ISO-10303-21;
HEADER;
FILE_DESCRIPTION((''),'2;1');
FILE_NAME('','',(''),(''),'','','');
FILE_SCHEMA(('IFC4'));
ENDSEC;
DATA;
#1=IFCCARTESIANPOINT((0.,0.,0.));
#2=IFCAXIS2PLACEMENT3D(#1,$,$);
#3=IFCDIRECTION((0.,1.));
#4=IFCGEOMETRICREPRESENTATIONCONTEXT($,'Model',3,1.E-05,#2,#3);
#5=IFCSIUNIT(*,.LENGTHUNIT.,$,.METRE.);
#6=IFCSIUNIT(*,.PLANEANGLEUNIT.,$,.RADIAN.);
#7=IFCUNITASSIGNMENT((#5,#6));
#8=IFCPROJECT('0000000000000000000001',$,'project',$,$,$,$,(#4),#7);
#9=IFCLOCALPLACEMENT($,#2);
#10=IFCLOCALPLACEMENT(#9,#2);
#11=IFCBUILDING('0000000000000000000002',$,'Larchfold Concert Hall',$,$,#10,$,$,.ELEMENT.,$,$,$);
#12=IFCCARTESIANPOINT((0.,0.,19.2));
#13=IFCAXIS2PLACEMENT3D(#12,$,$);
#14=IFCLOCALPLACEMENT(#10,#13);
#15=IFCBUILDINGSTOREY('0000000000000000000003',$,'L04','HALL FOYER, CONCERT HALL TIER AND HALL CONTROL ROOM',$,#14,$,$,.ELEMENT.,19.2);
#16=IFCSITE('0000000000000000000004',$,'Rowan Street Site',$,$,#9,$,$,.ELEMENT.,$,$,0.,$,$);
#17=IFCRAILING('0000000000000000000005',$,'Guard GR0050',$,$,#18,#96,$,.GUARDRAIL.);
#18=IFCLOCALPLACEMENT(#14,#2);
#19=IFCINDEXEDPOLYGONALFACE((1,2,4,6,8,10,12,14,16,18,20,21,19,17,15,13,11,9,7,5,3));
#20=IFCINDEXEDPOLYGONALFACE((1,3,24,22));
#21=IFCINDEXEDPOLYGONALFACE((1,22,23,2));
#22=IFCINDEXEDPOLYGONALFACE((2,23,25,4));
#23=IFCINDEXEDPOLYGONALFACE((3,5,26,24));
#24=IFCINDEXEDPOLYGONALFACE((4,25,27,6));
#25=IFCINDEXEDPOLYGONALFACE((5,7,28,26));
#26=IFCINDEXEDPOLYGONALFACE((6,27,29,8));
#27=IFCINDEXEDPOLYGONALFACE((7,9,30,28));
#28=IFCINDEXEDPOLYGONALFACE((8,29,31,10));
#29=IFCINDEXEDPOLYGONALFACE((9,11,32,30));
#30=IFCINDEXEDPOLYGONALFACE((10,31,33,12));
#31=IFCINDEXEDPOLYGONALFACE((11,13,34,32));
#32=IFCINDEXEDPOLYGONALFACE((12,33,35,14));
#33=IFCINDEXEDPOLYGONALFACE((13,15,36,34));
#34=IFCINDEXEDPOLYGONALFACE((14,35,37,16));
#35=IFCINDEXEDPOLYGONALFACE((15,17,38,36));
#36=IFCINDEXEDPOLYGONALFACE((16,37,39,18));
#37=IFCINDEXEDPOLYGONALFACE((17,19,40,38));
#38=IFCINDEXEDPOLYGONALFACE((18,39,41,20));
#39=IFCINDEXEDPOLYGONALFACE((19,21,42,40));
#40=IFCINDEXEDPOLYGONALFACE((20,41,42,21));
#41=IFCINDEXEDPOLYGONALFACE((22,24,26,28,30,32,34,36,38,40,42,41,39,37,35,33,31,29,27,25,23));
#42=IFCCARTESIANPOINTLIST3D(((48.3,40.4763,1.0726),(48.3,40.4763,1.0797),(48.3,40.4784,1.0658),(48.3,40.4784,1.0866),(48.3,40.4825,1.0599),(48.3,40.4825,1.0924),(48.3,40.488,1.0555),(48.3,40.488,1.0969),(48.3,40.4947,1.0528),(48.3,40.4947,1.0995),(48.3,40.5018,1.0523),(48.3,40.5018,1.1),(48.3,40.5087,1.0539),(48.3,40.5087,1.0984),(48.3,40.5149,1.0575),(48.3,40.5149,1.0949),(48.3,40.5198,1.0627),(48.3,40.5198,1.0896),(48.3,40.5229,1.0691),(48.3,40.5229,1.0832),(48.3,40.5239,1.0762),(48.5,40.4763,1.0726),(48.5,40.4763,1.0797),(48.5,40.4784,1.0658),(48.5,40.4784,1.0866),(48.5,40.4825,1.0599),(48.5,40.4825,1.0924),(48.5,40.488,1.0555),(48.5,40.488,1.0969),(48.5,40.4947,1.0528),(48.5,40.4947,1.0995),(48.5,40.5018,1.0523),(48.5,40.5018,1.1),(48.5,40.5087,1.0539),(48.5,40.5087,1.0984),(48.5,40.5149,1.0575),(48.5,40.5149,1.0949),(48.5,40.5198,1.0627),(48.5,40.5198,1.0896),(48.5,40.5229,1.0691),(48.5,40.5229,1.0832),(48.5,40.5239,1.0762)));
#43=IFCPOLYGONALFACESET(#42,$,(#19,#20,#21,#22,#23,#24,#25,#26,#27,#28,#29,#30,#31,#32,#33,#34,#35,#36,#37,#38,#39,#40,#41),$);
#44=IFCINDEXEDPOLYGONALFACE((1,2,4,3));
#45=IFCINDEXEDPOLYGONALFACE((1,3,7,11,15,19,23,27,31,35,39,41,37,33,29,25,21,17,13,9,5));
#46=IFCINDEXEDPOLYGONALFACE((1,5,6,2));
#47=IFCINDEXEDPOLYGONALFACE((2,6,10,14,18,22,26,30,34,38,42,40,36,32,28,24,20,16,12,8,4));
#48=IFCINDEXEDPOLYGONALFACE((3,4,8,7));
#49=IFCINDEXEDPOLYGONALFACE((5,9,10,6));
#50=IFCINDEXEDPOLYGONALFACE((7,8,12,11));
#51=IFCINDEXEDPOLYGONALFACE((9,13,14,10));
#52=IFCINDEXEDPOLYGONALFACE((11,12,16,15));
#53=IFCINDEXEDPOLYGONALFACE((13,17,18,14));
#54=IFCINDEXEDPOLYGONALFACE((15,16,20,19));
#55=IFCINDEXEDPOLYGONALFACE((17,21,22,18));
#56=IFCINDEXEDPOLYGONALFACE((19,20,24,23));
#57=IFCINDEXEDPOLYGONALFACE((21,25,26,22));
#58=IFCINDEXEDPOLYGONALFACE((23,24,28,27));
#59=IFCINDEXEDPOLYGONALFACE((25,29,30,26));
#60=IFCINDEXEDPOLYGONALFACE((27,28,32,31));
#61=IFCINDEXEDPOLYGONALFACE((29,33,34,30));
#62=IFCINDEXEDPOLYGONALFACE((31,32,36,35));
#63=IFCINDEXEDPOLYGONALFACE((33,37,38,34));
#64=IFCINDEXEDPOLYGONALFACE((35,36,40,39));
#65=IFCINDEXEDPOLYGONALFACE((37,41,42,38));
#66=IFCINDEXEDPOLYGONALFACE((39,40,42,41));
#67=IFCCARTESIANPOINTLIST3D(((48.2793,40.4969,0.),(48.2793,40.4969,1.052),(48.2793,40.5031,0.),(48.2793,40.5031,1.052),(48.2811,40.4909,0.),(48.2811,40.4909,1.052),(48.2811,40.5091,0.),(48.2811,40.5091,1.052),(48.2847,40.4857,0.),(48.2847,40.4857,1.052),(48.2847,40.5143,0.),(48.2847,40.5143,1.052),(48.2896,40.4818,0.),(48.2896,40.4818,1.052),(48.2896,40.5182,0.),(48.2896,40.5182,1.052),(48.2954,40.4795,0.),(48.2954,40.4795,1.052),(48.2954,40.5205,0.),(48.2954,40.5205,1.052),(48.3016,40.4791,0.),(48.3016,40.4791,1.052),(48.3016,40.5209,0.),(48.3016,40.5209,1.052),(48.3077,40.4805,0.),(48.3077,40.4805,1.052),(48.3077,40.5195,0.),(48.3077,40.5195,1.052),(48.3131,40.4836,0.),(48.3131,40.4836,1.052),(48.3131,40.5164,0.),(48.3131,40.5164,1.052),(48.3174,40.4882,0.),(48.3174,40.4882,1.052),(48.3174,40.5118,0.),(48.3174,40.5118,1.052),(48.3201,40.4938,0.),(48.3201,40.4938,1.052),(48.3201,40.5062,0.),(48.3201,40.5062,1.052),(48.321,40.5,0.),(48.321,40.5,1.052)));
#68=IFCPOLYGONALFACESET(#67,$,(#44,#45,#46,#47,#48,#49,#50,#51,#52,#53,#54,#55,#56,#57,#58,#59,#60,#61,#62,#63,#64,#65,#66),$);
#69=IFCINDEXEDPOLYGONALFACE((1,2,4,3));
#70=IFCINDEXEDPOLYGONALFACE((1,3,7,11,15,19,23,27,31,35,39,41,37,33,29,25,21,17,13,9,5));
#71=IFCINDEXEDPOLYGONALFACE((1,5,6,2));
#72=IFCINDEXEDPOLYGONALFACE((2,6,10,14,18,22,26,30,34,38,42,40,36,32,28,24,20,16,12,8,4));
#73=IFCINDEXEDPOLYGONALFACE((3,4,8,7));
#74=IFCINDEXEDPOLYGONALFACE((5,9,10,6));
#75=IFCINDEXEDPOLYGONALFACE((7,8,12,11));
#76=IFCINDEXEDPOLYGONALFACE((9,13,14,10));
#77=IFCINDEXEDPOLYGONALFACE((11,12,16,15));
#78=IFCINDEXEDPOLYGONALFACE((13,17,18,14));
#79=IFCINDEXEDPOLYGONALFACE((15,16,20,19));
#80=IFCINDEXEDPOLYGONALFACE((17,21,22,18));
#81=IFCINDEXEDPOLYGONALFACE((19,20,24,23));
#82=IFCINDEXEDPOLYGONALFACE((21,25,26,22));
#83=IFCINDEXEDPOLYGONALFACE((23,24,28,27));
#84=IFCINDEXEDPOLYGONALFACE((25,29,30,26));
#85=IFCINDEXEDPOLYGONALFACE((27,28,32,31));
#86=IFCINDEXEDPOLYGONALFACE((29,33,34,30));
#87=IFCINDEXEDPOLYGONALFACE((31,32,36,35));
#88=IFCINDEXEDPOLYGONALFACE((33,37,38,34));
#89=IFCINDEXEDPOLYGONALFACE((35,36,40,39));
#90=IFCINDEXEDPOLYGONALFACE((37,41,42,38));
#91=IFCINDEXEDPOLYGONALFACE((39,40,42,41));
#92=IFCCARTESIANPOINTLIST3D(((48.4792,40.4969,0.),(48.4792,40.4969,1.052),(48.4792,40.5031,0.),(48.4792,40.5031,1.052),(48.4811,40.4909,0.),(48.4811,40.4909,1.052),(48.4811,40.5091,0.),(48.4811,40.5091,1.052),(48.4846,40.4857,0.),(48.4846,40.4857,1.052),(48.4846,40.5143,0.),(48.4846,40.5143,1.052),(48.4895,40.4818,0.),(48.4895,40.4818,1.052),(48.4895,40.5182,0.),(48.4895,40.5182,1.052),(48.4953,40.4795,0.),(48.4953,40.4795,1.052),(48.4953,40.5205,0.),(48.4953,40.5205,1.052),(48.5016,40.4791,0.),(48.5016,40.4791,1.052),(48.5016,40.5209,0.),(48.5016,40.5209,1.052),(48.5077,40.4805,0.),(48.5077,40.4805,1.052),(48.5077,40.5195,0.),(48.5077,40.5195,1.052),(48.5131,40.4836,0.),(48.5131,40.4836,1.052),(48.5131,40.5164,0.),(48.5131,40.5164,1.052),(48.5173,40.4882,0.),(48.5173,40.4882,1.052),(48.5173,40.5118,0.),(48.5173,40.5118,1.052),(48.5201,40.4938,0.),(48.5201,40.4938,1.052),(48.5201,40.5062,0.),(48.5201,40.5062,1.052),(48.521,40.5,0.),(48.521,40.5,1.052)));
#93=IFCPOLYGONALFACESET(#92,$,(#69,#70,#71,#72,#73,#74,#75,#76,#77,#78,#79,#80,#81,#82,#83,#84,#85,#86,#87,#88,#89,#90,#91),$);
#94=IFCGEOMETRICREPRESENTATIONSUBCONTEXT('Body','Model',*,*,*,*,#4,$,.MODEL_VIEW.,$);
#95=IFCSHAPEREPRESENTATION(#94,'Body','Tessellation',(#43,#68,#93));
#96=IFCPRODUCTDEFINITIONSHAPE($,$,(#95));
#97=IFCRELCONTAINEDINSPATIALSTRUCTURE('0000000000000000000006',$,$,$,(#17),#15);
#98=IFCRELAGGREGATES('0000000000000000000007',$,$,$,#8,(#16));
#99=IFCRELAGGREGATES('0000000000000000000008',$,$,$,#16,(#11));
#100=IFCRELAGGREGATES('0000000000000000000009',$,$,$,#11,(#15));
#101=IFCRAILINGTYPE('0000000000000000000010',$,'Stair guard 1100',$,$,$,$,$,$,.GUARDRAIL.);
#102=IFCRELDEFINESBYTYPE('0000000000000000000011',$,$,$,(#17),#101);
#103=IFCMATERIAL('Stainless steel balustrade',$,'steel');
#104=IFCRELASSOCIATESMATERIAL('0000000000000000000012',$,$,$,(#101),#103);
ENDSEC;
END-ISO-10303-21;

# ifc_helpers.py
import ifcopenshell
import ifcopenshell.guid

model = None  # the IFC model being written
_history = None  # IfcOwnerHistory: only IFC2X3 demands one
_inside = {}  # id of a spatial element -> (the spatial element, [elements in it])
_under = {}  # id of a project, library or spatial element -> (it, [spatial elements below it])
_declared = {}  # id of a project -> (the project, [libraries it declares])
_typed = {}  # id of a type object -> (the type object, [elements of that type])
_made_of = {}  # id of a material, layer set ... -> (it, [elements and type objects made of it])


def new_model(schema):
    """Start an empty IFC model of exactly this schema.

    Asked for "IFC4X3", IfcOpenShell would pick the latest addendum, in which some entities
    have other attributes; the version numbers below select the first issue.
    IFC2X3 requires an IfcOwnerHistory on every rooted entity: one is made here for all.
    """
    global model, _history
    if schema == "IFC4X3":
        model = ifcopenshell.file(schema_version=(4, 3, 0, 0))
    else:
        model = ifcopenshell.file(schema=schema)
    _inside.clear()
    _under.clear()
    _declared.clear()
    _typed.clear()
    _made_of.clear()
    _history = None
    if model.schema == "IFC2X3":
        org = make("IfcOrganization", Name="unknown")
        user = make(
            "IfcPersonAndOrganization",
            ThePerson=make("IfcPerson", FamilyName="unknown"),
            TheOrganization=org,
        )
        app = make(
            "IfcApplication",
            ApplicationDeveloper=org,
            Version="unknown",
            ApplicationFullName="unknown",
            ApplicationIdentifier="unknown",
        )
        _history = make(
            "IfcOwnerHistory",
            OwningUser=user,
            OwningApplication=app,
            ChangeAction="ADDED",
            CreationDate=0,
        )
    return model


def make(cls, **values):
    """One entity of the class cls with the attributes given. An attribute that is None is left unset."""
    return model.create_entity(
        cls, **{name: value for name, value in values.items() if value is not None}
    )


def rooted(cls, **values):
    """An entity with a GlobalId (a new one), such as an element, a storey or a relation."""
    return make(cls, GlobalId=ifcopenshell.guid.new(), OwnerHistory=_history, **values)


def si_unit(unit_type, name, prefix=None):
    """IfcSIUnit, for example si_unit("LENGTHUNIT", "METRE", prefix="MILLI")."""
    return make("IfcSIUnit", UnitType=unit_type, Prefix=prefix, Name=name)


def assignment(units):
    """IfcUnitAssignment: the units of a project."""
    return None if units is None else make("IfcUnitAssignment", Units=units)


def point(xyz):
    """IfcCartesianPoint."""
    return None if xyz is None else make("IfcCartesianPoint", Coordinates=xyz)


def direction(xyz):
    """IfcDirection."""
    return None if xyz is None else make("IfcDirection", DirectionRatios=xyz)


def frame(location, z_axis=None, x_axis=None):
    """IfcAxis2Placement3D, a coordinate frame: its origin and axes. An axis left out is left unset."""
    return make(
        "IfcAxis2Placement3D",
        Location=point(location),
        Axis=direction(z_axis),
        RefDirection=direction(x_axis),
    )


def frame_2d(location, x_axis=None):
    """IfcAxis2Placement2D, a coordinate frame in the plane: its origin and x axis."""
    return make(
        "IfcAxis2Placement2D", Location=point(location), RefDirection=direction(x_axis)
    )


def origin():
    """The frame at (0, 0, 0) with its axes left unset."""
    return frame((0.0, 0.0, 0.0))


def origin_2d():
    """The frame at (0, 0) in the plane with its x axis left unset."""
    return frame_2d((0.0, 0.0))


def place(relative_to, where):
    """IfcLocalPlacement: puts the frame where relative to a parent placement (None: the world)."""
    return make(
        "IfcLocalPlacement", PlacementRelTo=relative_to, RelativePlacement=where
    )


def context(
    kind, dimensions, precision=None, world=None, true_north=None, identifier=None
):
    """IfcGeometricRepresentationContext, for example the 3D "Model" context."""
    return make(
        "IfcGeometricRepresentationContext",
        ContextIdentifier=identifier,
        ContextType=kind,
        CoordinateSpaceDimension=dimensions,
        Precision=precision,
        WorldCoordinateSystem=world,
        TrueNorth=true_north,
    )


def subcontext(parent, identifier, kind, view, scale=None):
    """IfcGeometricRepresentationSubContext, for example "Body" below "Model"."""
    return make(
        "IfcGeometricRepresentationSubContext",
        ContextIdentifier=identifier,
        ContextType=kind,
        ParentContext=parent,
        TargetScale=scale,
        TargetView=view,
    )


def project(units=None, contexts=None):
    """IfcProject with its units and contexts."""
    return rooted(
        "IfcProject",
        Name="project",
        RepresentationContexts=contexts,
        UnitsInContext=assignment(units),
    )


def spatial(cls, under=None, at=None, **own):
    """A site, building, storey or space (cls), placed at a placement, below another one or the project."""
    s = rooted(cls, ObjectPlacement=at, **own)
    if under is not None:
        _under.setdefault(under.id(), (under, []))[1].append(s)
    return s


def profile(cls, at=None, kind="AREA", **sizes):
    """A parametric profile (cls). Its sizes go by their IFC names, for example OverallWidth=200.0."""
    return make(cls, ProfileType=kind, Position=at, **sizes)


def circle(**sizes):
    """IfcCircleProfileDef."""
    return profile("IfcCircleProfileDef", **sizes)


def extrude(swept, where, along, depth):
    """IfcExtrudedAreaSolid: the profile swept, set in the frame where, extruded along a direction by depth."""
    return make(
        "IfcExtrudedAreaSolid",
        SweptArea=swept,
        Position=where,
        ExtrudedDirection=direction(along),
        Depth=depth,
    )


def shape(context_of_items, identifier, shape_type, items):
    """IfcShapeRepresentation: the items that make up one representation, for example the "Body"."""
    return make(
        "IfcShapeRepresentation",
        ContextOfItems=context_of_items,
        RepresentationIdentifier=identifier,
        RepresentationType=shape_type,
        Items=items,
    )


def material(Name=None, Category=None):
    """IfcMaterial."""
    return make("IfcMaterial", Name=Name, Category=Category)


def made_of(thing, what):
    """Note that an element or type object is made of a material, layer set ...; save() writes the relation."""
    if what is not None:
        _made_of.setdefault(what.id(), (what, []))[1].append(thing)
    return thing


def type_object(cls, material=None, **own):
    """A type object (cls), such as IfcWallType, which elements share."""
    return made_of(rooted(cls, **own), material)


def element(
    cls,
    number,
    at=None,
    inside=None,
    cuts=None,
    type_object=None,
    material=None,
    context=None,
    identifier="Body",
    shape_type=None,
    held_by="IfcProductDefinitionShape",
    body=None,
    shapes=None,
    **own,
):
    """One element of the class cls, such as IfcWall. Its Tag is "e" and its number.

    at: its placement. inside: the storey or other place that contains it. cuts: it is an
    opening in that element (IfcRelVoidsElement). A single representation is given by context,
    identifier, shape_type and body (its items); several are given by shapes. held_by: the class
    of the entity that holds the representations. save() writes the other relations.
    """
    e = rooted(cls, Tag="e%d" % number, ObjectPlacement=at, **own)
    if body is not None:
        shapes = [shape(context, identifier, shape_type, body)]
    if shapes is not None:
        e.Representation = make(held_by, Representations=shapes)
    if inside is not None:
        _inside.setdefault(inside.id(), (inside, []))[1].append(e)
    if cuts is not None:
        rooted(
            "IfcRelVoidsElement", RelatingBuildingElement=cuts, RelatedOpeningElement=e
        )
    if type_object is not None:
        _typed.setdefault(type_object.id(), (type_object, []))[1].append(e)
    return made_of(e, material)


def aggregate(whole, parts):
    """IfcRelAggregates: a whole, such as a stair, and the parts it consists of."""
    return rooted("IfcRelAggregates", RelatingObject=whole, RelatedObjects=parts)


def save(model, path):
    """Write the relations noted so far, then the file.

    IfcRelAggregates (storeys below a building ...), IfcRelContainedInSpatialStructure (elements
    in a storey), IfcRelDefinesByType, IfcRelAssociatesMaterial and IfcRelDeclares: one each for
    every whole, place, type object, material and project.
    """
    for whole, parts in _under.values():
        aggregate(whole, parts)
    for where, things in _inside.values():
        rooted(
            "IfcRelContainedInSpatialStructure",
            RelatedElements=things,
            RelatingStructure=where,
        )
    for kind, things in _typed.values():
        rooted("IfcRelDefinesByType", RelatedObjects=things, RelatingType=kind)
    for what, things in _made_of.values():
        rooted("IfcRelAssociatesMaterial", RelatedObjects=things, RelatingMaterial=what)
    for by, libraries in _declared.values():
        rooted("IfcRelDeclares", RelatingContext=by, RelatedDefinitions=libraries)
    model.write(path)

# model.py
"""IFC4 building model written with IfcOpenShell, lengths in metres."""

from ifc_helpers import new_model, si_unit, direction, frame, origin, origin_2d, place, context, subcontext, project, spatial, circle, extrude, material, type_object, element, save


model = new_model("IFC4")

# Units and contexts
model_context = context("Model", 3, precision=1e-05, world=origin(), true_north=direction((0.0, 1.0)))
body_context = subcontext(model_context, "Body", "Model", "MODEL_VIEW")
ifc_project = project(units=[si_unit("LENGTHUNIT", "METRE"), si_unit("PLANEANGLEUNIT", "RADIAN")], contexts=[model_context])

# Site, building, storey
site_placement = place(None, origin())
site = spatial("IfcSite", under=ifc_project, at=site_placement, Name="Rowan Street Site", CompositionType="ELEMENT", RefElevation=0.0)
building_placement = place(site_placement, origin())
building = spatial("IfcBuilding", under=site, at=building_placement, Name="Larchfold Concert Hall", CompositionType="ELEMENT")
storey_placement = place(building_placement, frame((0.0, 0.0, 19.2)))
storey = spatial("IfcBuildingStorey", under=building, at=storey_placement, Name="L04", Description="HALL FOYER, CONCERT HALL TIER AND HALL CONTROL ROOM", CompositionType="ELEMENT", Elevation=19.2)

# Railing
ifc_material_1 = material(Name="Stainless steel balustrade", Category="steel")
railing_type_1 = type_object("IfcRailingType", Name="Stair guard 1100", PredefinedType="GUARDRAIL", material=ifc_material_1)
railing_1_placement = place(storey_placement, frame((48.3, 40.5, 0.0)))
element("IfcRailing", 1, at=railing_1_placement, inside=storey, type_object=railing_type_1, Name="Guard GR0050", PredefinedType="GUARDRAIL", context=body_context, shape_type="SweptSolid", body=[
    extrude(circle(Radius=0.0239, at=origin_2d()), frame((0.0, 0.0, 1.0762), z_axis=(1.0, 0.0, 0.0), x_axis=(0.0, 1.0, 0.0)), (0.0, 0.0, 1.0), 0.2),
    extrude(circle(Radius=0.021, at=origin_2d()), origin(), (0.0, 0.0, 1.0), 1.052),
    extrude(circle(Radius=0.021, at=origin_2d()), frame((0.2, 0.0, 0.0)), (0.0, 0.0, 1.0), 1.052),
])

save(model, "model.ifc")
